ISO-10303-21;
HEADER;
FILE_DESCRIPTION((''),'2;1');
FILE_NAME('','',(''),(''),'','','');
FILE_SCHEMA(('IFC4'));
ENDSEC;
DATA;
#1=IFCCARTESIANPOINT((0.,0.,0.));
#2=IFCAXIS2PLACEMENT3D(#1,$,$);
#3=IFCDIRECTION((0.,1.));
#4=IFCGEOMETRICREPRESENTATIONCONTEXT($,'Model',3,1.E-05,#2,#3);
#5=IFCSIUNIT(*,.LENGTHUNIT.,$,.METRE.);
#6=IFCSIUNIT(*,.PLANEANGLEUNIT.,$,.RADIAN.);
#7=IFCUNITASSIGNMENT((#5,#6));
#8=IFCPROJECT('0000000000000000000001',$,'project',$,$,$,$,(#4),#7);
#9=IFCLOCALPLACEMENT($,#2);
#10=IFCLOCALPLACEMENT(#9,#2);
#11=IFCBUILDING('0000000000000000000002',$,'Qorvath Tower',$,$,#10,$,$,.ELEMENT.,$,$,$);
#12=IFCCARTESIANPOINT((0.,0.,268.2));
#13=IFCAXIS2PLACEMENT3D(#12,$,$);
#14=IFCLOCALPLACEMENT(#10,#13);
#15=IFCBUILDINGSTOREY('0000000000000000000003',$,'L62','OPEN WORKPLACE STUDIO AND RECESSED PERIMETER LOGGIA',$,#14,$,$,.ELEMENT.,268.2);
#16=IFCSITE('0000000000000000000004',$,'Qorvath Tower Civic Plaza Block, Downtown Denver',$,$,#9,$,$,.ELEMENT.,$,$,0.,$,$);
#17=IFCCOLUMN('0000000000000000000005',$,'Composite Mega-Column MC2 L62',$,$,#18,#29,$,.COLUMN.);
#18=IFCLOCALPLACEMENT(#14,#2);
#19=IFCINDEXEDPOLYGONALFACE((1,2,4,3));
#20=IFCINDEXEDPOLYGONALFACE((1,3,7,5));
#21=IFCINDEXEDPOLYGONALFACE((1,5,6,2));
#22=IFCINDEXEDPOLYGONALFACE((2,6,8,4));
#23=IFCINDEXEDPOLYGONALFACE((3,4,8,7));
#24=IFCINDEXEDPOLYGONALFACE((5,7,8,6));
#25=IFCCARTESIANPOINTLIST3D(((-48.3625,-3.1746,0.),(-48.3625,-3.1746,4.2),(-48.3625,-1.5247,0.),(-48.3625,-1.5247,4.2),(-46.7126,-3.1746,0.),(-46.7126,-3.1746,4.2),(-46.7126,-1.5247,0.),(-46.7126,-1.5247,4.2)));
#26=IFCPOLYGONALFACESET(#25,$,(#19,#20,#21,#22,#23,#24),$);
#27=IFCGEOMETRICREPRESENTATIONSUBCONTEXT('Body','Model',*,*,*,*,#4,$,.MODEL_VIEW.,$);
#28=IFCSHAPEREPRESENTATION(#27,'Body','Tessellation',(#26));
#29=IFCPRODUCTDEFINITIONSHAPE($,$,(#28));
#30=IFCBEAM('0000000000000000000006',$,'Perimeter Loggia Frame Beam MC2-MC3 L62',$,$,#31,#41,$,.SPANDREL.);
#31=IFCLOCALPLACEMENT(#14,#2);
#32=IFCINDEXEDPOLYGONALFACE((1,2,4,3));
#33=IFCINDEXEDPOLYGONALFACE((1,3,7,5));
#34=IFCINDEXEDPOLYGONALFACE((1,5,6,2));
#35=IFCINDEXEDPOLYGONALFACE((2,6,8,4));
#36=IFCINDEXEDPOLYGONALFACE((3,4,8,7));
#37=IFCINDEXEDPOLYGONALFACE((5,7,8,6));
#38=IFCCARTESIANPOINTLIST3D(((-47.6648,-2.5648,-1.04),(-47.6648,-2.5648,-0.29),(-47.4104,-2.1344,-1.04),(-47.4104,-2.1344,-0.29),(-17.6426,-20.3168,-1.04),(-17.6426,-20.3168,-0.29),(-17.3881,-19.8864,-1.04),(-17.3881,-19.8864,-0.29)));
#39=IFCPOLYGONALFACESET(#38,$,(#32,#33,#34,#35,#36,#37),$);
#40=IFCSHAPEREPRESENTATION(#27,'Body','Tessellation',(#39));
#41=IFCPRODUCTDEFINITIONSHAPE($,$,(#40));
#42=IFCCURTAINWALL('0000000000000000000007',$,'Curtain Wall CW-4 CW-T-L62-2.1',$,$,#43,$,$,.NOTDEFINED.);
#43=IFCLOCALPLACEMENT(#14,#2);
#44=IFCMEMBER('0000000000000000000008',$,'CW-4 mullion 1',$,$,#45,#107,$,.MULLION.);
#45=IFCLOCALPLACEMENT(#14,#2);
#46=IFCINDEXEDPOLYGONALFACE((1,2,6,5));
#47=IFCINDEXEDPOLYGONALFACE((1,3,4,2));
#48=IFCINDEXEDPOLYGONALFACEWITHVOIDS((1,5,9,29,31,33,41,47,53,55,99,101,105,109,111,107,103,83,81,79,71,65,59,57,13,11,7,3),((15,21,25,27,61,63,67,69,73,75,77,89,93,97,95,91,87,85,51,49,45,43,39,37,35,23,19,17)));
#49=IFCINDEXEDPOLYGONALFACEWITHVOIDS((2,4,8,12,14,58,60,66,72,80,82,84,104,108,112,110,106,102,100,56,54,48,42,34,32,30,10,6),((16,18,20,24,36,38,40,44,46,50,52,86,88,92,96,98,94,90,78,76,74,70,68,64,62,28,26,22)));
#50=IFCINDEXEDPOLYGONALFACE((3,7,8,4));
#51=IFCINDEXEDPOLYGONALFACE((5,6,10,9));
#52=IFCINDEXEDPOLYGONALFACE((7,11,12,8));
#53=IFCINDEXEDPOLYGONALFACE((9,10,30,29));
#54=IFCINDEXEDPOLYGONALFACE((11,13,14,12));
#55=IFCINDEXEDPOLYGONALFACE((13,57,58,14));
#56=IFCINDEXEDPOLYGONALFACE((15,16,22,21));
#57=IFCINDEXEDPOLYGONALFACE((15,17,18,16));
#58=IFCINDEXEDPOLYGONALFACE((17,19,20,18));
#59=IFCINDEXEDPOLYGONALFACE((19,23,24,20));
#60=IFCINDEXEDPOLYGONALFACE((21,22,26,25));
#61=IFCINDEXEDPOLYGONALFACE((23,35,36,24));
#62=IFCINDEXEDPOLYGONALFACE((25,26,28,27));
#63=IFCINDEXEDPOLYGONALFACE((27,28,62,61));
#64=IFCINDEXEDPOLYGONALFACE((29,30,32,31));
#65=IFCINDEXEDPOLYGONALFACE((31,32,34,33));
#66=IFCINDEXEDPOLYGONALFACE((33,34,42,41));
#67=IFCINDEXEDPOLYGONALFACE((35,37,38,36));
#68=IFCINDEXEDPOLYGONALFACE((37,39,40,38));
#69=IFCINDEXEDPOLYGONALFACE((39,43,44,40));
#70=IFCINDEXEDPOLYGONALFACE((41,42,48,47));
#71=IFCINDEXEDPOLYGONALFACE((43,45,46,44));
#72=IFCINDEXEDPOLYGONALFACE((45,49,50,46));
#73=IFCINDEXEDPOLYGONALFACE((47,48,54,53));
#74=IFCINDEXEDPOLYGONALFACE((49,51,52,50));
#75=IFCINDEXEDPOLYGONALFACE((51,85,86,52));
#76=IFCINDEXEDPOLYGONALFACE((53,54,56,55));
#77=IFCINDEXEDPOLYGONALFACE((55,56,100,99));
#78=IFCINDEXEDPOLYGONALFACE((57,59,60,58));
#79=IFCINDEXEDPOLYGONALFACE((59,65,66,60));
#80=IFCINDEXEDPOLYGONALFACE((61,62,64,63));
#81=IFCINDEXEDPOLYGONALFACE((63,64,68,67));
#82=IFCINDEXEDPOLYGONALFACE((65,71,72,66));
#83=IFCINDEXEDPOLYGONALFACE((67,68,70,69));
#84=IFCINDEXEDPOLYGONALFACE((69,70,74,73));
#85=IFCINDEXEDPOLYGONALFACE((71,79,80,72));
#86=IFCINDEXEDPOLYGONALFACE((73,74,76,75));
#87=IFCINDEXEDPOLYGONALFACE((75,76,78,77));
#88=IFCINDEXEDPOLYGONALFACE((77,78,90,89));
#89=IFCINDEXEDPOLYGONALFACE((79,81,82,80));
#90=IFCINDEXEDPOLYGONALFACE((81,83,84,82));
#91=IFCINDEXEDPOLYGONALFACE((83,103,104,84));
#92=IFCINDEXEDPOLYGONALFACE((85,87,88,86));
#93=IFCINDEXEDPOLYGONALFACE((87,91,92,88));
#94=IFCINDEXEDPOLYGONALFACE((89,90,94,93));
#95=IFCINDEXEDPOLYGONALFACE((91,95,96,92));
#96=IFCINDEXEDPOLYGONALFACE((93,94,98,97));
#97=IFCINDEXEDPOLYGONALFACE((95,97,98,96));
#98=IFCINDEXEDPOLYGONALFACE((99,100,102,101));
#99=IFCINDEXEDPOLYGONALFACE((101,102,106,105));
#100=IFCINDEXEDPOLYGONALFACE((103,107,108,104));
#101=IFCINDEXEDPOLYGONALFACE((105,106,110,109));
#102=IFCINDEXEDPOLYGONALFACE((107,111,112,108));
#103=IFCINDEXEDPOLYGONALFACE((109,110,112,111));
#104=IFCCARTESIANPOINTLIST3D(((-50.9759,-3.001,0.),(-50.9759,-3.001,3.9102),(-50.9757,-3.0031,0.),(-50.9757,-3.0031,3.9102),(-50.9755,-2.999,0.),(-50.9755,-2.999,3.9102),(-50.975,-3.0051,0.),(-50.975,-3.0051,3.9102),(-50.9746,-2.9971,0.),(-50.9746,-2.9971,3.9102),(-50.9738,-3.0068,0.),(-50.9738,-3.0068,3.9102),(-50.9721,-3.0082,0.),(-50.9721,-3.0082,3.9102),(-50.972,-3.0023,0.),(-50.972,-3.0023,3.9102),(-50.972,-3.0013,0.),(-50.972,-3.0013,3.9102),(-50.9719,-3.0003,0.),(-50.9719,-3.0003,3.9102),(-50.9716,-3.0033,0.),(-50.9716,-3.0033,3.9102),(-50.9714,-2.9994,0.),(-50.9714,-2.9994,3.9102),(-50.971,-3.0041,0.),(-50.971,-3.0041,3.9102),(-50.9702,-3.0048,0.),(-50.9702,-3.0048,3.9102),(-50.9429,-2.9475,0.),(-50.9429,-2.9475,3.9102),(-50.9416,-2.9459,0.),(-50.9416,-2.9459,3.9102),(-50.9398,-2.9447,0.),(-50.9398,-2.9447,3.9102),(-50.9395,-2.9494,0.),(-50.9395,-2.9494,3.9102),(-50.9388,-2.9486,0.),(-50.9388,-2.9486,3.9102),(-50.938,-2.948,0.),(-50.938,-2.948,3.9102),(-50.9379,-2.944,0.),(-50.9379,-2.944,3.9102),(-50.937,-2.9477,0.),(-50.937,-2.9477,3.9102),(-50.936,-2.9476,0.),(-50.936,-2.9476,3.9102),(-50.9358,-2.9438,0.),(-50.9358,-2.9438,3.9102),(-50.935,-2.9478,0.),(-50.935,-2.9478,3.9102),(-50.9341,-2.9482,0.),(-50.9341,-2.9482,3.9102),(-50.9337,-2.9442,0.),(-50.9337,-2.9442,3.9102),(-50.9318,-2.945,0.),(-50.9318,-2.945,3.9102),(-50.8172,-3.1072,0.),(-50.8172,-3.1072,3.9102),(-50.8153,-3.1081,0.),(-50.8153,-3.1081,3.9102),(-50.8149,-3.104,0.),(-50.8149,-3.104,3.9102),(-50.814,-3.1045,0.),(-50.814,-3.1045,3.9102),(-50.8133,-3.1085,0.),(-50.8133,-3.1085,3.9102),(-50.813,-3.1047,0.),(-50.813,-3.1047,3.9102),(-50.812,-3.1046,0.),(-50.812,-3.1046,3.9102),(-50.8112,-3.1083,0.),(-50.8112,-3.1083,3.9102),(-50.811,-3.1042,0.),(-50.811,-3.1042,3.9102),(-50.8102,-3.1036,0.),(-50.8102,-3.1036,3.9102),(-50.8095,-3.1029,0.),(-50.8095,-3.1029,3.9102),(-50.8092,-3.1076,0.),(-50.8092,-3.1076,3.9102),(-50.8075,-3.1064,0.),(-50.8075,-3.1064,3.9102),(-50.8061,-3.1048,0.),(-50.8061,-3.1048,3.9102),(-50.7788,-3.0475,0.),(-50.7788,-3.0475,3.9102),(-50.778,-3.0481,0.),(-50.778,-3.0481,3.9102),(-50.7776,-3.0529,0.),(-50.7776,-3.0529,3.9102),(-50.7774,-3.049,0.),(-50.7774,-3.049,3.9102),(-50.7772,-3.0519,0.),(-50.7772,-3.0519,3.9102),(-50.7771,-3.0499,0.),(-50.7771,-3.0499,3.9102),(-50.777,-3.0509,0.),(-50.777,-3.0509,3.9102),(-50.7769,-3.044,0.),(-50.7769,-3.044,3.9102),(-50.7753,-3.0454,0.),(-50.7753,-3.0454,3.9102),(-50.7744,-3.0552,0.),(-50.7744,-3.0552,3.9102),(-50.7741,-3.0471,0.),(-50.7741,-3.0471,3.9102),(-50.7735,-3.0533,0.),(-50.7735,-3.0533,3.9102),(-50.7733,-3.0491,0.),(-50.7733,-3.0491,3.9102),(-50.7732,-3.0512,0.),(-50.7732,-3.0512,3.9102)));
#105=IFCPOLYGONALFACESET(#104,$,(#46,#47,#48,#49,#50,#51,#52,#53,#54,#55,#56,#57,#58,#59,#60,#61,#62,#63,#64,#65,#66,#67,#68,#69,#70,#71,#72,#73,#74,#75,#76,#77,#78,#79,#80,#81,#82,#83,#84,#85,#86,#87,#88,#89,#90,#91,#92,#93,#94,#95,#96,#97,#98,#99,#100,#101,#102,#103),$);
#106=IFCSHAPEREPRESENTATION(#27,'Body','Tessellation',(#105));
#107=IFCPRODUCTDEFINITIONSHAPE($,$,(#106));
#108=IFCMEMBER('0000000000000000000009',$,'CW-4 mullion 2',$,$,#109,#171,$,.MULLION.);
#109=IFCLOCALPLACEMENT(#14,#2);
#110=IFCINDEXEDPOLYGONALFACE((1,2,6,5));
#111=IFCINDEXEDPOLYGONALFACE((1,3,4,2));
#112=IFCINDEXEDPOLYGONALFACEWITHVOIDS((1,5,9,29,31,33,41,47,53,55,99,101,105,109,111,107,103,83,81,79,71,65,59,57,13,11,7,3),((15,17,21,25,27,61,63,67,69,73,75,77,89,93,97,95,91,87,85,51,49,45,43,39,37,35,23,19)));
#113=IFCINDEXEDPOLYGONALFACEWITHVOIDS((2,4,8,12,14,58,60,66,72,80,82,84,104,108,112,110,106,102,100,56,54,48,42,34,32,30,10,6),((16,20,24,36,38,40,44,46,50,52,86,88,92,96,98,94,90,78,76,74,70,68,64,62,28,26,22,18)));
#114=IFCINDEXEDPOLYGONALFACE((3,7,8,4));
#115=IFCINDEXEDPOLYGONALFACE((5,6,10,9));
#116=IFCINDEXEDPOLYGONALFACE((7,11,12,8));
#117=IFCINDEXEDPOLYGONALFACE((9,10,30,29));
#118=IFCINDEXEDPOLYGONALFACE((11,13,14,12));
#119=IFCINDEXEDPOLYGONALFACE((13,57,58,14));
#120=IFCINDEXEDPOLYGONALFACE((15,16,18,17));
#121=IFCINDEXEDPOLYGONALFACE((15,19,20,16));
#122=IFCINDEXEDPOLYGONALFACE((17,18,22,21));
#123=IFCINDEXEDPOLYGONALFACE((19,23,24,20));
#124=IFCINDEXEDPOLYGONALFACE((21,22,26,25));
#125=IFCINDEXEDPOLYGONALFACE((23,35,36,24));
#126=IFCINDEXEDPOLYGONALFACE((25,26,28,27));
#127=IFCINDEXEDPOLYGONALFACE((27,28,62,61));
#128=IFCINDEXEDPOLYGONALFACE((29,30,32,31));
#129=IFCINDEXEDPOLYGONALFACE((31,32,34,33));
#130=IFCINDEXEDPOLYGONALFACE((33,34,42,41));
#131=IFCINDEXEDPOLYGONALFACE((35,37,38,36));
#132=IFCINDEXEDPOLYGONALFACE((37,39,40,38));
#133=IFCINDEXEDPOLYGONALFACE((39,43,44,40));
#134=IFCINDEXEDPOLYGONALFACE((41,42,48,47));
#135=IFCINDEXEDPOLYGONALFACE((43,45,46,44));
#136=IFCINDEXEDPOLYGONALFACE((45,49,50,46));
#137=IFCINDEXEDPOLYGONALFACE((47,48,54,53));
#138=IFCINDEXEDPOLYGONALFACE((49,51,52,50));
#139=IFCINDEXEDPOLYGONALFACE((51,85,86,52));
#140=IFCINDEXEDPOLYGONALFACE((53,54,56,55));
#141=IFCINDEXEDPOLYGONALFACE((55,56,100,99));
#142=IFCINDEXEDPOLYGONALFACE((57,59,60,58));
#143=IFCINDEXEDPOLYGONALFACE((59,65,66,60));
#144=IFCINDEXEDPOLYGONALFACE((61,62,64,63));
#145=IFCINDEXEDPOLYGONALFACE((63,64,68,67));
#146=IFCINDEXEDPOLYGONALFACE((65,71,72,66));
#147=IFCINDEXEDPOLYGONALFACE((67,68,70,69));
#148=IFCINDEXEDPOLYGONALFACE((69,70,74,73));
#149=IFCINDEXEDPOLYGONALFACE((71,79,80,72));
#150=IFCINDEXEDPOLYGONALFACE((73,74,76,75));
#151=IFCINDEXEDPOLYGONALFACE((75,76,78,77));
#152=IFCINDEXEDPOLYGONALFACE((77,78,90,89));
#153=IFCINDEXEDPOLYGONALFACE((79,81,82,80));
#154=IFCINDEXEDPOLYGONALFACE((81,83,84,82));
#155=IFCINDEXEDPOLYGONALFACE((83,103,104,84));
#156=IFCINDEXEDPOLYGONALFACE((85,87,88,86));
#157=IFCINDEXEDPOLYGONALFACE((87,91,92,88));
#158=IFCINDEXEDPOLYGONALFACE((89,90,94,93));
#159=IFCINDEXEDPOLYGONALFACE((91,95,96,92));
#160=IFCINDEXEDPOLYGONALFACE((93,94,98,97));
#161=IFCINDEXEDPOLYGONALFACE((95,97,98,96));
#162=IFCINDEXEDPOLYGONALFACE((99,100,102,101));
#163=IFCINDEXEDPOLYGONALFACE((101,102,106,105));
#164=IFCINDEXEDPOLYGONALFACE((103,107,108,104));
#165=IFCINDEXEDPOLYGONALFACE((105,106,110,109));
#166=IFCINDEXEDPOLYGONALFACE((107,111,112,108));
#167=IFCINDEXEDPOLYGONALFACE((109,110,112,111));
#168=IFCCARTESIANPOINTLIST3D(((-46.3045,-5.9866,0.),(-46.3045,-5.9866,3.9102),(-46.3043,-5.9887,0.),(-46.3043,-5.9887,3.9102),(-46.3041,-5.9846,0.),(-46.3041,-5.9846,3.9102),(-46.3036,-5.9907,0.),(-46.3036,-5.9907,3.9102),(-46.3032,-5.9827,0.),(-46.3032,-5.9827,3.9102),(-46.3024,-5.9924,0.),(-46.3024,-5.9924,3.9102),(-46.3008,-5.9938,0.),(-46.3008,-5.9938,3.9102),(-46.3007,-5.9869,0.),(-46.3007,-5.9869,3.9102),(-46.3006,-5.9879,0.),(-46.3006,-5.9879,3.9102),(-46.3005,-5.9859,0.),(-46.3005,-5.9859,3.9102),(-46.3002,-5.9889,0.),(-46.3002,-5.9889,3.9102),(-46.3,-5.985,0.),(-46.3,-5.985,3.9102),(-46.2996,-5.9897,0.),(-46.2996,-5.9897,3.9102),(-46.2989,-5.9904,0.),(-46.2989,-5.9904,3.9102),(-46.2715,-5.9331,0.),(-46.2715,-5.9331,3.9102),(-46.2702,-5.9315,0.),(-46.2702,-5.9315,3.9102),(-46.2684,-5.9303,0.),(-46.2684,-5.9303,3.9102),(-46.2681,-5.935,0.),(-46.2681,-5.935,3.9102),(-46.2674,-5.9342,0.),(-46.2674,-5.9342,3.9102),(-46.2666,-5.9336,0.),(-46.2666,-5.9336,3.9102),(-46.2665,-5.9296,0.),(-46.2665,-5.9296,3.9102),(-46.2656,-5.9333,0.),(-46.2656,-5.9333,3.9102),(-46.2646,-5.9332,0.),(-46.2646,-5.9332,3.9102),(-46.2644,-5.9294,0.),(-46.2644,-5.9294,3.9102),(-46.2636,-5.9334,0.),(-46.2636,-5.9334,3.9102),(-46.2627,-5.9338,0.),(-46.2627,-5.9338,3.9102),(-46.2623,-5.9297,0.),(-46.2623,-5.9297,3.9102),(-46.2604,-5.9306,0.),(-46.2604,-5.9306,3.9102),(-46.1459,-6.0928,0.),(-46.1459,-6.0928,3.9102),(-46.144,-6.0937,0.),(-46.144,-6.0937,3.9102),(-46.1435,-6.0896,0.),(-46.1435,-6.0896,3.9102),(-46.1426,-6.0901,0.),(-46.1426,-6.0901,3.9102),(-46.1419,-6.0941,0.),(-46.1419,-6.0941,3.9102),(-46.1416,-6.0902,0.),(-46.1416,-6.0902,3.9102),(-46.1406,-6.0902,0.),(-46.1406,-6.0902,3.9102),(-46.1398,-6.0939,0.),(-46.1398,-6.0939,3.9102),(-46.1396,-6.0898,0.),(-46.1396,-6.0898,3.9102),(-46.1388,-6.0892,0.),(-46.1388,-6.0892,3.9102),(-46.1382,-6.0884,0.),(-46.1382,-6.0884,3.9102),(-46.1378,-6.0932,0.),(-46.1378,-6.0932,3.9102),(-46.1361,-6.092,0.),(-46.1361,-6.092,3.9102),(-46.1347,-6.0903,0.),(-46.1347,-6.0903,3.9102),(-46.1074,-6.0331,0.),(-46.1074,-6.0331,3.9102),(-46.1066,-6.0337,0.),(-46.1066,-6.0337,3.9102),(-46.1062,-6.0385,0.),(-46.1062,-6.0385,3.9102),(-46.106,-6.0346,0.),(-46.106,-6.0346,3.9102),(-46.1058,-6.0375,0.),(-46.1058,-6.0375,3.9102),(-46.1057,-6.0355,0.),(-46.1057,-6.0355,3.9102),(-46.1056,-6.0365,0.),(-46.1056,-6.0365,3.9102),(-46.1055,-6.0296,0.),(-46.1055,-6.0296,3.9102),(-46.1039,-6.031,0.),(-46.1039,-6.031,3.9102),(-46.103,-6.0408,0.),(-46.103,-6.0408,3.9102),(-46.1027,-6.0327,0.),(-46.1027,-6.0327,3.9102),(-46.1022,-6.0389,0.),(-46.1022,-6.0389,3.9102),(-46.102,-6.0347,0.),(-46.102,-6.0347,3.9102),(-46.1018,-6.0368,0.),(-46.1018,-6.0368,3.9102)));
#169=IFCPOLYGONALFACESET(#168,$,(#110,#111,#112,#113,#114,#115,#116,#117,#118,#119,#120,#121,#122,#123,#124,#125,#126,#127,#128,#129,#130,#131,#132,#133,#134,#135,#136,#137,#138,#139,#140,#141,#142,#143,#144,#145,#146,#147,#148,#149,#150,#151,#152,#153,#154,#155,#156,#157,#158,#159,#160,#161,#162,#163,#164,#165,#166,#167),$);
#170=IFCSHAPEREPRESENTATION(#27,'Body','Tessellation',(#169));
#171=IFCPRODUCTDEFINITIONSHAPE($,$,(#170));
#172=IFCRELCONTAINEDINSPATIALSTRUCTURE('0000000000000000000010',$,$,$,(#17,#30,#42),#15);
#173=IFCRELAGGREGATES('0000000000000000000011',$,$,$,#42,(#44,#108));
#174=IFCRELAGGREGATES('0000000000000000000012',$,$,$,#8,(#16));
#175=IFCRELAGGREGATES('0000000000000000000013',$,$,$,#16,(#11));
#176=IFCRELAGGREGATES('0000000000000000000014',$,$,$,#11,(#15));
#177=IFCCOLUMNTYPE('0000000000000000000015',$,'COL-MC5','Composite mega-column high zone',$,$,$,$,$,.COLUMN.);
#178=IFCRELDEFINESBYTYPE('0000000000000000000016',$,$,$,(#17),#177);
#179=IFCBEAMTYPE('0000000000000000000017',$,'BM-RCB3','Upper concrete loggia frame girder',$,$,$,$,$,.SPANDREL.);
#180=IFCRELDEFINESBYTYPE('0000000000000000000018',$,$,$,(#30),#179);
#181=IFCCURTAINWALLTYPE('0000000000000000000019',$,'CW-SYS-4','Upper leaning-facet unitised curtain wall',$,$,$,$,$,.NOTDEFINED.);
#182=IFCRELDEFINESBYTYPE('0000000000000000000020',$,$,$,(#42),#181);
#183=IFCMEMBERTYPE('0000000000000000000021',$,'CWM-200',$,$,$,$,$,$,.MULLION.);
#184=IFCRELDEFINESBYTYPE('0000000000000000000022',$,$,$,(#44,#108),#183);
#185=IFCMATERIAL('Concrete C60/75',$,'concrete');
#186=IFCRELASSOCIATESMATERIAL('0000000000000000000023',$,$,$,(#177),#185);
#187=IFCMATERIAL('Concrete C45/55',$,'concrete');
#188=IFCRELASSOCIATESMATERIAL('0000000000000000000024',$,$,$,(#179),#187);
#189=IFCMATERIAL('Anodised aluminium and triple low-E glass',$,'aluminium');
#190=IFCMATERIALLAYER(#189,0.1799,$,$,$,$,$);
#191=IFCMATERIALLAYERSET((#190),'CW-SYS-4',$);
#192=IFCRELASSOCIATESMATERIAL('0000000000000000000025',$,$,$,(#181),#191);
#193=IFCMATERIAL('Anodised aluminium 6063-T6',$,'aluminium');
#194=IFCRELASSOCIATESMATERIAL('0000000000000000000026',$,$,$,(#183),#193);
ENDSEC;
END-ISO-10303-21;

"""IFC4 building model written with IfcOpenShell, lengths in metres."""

from ifc_helpers import new_model, si_unit, direction, frame, origin, origin_2d, place, context, subcontext, project, spatial, rectangle, hollow_rectangle, extrude, material, layer, layer_set, material_profile, profile_set, type_object, element, aggregate, save


model = new_model("IFC4")

# Units and contexts
model_context = context("Model", 3, precision=1e-05, world=origin(), true_north=direction((0.0, 1.0)))
body_context = subcontext(model_context, "Body", "Model", "MODEL_VIEW")
ifc_project = project(units=[si_unit("LENGTHUNIT", "METRE"), si_unit("PLANEANGLEUNIT", "RADIAN")], contexts=[model_context])

# Site, building, storey
site_placement = place(None, origin())
site = spatial("IfcSite", under=ifc_project, at=site_placement, Name="Qorvath Tower Civic Plaza Block, Downtown Denver", CompositionType="ELEMENT", RefElevation=0.0)
building_placement = place(site_placement, origin())
building = spatial("IfcBuilding", under=site, at=building_placement, Name="Qorvath Tower", CompositionType="ELEMENT")
storey_placement = place(building_placement, frame((0.0, 0.0, 268.2)))
storey = spatial("IfcBuildingStorey", under=building, at=storey_placement, Name="L62", Description="OPEN WORKPLACE STUDIO AND RECESSED PERIMETER LOGGIA", CompositionType="ELEMENT", Elevation=268.2)

# Column
ifc_material_1 = material(Name="Concrete C60/75", Category="concrete")
ifc_material_profile_1 = material_profile(ifc_material_1, rectangle(XDim=1.6499, YDim=1.6499, at=origin_2d()), Name="MC 1650x1650")
ifc_profile_set_1 = profile_set([ifc_material_profile_1], Name="Concrete C60/75")
column_type = type_object("IfcColumnType", Name="COL-MC5", Description="Composite mega-column high zone", PredefinedType="COLUMN", material=ifc_profile_set_1)
column_placement = place(storey_placement, frame((-47.5376, -2.3496, 0.0), z_axis=(0.0, 0.0, 1.0), x_axis=(1.0, 0.0, 0.0)))
element("IfcColumn", 1, at=column_placement, inside=storey, type_object=column_type, Name="Composite Mega-Column MC2 L62", PredefinedType="COLUMN", context=body_context, shape_type="SweptSolid", body=[
    extrude(rectangle(XDim=1.6499, YDim=1.6499, at=origin_2d()), origin(), (0.0, 0.0, 1.0), 4.2),
])

# Beam
ifc_material_2 = material(Name="Concrete C45/55", Category="concrete")
ifc_material_profile_2 = material_profile(ifc_material_2, rectangle(XDim=0.5, YDim=0.75, at=origin_2d()), Name="RCB 750x500")
ifc_profile_set_2 = profile_set([ifc_material_profile_2], Name="Concrete C45/55")
beam_type = type_object("IfcBeamType", Name="BM-RCB3", Description="Upper concrete loggia frame girder", PredefinedType="SPANDREL", material=ifc_profile_set_2)
beam_placement = place(storey_placement, frame((-47.5376, -2.3496, -0.665), z_axis=(0.860781, -0.508975, 0.0), x_axis=(0.508975, 0.860781, 0.0)))
element("IfcBeam", 2, at=beam_placement, inside=storey, type_object=beam_type, Name="Perimeter Loggia Frame Beam MC2-MC3 L62", PredefinedType="SPANDREL", context=body_context, shape_type="SweptSolid", body=[
    extrude(rectangle(XDim=0.5, YDim=0.75, at=origin_2d()), origin(), (0.0, 0.0, 1.0), 34.8779),
])

# Curtain wall, members
ifc_material_3 = material(Name="Anodised aluminium and triple low-E glass", Category="aluminium")
ifc_layer_1 = layer(ifc_material_3, 0.1799)
ifc_layer_set_1 = layer_set([ifc_layer_1], Name="CW-SYS-4")
curtain_wall_type = type_object("IfcCurtainWallType", Name="CW-SYS-4", Description="Upper leaning-facet unitised curtain wall", PredefinedType="NOTDEFINED", material=ifc_layer_set_1)
curtain_wall_placement = place(storey_placement, origin())
curtain_wall = element("IfcCurtainWall", 3, at=curtain_wall_placement, inside=storey, type_object=curtain_wall_type, Name="Curtain Wall CW-4 CW-T-L62-2.1", PredefinedType="NOTDEFINED")
ifc_material_4 = material(Name="Anodised aluminium 6063-T6", Category="aluminium")
ifc_material_profile_3 = material_profile(ifc_material_4, hollow_rectangle(XDim=0.075, YDim=0.2, WallThickness=0.0039, InnerFilletRadius=0.0039, OuterFilletRadius=0.0081, at=origin_2d()), Name="CWM 200x75")
ifc_profile_set_3 = profile_set([ifc_material_profile_3], Name="Anodised aluminium 6063-T6")
member_type_1 = type_object("IfcMemberType", Name="CWM-200", PredefinedType="MULLION", material=ifc_profile_set_3)
member_1_placement = place(storey_placement, frame((-50.8745, -3.0261, 0.0), z_axis=(0.0, 0.0, 1.0), x_axis=(0.538534, 0.842604, 0.0)))
member_1 = element("IfcMember", 4, at=member_1_placement, type_object=member_type_1, Name="CW-4 mullion 1", PredefinedType="MULLION", context=body_context, shape_type="SweptSolid", body=[
    extrude(hollow_rectangle(XDim=0.075, YDim=0.2, WallThickness=0.0039, InnerFilletRadius=0.0039, OuterFilletRadius=0.0081, at=origin_2d()), origin(), (0.0, 0.0, 1.0), 3.9102),
])
member_2_placement = place(storey_placement, frame((-46.2031, -6.0117, 0.0), z_axis=(0.0, 0.0, 1.0), x_axis=(0.538534, 0.842604, 0.0)))
member_2 = element("IfcMember", 5, at=member_2_placement, type_object=member_type_1, Name="CW-4 mullion 2", PredefinedType="MULLION", context=body_context, shape_type="SweptSolid", body=[
    extrude(hollow_rectangle(XDim=0.075, YDim=0.2, WallThickness=0.0039, InnerFilletRadius=0.0039, OuterFilletRadius=0.0081, at=origin_2d()), origin(), (0.0, 0.0, 1.0), 3.9102),
])
aggregate(curtain_wall, [member_1, member_2])

save(model, "model.ifc")
